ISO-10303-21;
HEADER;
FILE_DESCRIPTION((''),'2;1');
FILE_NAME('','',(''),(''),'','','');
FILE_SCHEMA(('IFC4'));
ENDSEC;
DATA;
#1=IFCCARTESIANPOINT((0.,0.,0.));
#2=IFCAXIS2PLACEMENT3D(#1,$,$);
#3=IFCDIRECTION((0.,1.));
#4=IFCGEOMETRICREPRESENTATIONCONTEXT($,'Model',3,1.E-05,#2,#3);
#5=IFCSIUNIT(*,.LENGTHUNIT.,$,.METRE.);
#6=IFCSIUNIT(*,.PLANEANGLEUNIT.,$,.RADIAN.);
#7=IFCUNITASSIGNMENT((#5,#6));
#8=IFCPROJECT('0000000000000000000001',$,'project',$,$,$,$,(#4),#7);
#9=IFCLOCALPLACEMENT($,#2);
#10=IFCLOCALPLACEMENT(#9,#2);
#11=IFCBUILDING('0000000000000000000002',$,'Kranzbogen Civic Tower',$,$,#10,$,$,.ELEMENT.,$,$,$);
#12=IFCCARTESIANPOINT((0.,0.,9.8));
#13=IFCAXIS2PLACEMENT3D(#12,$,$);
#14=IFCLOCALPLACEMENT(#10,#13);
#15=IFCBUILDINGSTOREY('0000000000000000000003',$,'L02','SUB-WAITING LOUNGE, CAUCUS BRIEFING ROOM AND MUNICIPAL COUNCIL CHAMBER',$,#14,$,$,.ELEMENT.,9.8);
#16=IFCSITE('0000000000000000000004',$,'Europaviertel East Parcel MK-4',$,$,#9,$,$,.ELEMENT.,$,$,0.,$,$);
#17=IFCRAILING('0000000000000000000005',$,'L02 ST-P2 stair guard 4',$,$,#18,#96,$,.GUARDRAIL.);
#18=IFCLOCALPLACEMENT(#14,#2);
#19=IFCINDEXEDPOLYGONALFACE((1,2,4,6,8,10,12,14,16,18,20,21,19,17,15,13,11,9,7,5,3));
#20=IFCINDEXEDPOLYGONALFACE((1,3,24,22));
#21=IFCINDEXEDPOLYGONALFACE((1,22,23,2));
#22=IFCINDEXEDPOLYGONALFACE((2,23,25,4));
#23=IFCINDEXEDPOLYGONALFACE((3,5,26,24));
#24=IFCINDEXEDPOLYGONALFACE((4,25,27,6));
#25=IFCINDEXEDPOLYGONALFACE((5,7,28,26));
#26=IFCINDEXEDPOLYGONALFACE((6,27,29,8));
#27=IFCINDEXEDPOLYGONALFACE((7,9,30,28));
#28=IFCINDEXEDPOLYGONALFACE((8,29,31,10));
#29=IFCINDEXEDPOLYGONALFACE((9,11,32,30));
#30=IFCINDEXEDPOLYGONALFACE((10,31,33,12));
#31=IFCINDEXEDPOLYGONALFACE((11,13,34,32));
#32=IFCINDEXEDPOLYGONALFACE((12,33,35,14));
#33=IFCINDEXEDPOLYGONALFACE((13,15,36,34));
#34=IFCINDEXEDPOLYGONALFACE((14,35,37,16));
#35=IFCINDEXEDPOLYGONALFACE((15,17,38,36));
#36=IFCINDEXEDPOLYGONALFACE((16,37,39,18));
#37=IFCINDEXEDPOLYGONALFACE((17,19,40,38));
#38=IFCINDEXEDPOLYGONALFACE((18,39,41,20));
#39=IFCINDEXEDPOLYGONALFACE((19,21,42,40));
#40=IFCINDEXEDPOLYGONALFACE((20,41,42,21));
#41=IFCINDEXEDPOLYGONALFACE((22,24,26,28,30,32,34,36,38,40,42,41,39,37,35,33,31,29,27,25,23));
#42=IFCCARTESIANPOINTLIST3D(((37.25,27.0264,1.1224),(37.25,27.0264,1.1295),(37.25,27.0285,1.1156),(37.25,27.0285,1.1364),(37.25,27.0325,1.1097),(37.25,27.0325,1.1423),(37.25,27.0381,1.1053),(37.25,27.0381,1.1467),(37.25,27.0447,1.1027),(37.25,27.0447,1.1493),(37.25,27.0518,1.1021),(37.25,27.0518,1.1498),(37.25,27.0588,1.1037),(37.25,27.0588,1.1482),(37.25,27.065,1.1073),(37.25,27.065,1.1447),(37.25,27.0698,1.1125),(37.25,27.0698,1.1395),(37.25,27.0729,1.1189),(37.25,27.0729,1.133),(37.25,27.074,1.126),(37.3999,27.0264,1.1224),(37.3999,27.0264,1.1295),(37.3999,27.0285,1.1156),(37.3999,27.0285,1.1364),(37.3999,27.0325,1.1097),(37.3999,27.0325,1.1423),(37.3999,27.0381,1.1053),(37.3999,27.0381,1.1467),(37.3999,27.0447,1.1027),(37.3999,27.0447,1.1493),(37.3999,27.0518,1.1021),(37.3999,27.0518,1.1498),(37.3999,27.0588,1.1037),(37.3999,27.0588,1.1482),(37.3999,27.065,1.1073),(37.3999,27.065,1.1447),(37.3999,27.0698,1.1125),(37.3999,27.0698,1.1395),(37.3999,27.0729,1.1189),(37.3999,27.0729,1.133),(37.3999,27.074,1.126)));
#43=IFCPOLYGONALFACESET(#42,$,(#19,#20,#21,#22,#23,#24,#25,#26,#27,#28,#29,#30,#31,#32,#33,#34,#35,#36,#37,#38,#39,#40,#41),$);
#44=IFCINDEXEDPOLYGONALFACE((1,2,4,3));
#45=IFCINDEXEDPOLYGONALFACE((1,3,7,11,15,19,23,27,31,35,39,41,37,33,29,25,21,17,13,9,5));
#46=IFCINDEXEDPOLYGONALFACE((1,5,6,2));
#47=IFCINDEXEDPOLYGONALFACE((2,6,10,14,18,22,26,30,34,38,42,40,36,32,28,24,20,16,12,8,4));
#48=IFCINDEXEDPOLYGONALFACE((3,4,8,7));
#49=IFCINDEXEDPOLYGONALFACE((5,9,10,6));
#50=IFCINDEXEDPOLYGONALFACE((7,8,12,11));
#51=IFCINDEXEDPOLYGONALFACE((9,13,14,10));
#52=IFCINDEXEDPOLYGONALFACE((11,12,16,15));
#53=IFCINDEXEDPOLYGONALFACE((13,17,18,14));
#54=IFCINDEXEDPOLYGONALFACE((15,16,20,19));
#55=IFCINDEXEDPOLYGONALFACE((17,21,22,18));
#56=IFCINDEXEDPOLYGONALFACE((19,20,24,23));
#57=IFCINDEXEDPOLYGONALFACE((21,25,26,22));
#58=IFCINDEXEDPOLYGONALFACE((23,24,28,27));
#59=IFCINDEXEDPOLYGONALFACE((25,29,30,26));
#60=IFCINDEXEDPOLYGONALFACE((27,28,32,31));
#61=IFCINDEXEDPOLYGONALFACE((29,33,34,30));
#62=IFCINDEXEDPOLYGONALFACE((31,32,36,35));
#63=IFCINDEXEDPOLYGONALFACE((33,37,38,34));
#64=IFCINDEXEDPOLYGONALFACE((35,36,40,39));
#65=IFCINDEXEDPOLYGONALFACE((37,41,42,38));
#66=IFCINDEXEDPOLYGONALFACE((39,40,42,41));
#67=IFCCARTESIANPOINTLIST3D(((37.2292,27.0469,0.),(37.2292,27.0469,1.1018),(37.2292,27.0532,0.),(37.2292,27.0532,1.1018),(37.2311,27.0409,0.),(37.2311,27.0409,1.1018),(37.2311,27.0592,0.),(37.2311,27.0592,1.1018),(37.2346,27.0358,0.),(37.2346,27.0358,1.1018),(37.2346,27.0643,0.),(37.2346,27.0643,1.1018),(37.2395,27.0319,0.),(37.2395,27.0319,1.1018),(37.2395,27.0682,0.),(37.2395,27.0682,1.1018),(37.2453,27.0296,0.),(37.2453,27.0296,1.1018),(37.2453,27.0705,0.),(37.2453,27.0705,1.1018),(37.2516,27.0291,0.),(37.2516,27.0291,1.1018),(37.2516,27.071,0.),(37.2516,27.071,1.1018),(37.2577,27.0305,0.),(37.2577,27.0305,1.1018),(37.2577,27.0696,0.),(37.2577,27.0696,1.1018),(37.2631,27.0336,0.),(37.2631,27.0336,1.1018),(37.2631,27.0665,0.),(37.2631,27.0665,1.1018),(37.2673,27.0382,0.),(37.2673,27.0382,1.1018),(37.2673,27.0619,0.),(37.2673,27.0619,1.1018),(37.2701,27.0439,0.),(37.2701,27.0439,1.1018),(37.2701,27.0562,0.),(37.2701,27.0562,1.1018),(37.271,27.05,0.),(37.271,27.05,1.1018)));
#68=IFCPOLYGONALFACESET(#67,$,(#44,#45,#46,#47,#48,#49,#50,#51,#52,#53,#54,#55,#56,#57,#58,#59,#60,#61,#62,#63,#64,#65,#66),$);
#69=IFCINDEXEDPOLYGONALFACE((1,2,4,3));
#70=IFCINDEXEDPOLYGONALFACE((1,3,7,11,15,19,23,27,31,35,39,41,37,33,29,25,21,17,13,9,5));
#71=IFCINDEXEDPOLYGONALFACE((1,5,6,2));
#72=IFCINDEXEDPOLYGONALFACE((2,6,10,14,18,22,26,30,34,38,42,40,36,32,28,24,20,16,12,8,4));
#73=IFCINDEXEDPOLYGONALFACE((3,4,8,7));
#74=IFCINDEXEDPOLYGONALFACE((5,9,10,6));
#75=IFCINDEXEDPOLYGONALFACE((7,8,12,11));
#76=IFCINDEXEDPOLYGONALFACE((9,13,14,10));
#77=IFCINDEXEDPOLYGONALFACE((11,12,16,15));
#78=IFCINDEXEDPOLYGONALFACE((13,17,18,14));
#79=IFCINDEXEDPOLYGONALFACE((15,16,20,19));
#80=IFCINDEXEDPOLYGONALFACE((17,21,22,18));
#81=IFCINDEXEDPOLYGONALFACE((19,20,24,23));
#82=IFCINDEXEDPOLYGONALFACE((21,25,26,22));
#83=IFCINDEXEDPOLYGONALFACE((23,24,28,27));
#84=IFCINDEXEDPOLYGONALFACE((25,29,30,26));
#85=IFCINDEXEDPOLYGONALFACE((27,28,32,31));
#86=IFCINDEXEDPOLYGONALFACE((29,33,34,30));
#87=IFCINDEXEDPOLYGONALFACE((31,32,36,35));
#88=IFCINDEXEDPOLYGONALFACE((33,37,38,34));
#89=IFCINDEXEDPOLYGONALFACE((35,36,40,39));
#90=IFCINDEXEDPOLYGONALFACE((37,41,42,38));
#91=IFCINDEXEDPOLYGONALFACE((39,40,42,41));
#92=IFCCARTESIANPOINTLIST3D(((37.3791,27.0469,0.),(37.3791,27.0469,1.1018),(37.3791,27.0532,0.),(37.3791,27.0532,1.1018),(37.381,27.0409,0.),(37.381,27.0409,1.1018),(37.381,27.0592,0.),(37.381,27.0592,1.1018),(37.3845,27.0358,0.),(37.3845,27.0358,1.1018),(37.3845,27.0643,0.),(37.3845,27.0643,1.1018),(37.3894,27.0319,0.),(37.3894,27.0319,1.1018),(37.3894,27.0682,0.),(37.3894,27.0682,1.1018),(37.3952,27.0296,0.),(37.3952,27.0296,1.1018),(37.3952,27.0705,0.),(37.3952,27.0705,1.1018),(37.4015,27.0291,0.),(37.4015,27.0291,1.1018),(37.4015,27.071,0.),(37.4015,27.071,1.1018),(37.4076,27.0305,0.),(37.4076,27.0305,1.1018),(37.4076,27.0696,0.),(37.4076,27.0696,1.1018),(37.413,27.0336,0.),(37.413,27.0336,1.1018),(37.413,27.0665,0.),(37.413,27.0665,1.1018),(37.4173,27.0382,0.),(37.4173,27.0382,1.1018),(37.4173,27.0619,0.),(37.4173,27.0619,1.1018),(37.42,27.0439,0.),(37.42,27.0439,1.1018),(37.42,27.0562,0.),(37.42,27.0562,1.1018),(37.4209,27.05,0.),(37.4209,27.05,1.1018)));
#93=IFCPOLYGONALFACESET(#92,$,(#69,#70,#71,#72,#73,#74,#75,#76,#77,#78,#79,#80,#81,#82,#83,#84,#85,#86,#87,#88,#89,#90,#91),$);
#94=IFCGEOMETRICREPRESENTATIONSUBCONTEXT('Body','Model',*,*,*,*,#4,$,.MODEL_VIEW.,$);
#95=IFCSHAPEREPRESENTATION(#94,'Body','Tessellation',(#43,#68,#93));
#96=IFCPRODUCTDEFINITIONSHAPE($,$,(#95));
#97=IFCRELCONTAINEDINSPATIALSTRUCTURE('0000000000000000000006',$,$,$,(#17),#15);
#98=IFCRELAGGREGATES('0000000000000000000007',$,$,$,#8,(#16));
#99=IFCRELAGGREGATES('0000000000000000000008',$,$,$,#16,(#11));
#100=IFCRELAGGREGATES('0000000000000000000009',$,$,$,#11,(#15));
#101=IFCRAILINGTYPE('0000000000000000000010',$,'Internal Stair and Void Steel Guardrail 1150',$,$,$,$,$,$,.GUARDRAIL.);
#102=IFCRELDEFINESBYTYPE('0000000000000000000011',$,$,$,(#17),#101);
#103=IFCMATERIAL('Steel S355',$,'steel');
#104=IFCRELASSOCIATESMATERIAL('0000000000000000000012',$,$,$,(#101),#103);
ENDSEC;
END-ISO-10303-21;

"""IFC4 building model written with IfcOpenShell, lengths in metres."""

from ifc_helpers import new_model, si_unit, direction, frame, origin, origin_2d, place, context, subcontext, project, spatial, circle, extrude, material, type_object, element, save


model = new_model("IFC4")

# Units and contexts
model_context = context("Model", 3, precision=1e-05, world=origin(), true_north=direction((0.0, 1.0)))
body_context = subcontext(model_context, "Body", "Model", "MODEL_VIEW")
ifc_project = project(units=[si_unit("LENGTHUNIT", "METRE"), si_unit("PLANEANGLEUNIT", "RADIAN")], contexts=[model_context])

# Site, building, storey
site_placement = place(None, origin())
site = spatial("IfcSite", under=ifc_project, at=site_placement, Name="Europaviertel East Parcel MK-4", CompositionType="ELEMENT", RefElevation=0.0)
building_placement = place(site_placement, origin())
building = spatial("IfcBuilding", under=site, at=building_placement, Name="Kranzbogen Civic Tower", CompositionType="ELEMENT")
storey_placement = place(building_placement, frame((0.0, 0.0, 9.8)))
storey = spatial("IfcBuildingStorey", under=building, at=storey_placement, Name="L02", Description="SUB-WAITING LOUNGE, CAUCUS BRIEFING ROOM AND MUNICIPAL COUNCIL CHAMBER", CompositionType="ELEMENT", Elevation=9.8)

# Shared definitions
ifc_material_1 = material(Name="Steel S355", Category="steel")

# Railing
railing_type_1 = type_object("IfcRailingType", Name="Internal Stair and Void Steel Guardrail 1150", PredefinedType="GUARDRAIL", material=ifc_material_1)
railing_1_placement = place(storey_placement, frame((37.25, 27.05, 0.0)))
element("IfcRailing", 1, at=railing_1_placement, inside=storey, type_object=railing_type_1, Name="L02 ST-P2 stair guard 4", PredefinedType="GUARDRAIL", context=body_context, shape_type="SweptSolid", body=[
    extrude(circle(Radius=0.0239, at=origin_2d()), frame((0.0, 0.0, 1.126), z_axis=(1.0, 0.0, 0.0), x_axis=(0.0, 1.0, 0.0)), (0.0, 0.0, 1.0), 0.1499),
    extrude(circle(Radius=0.021, at=origin_2d()), origin(), (0.0, 0.0, 1.0), 1.1018),
    extrude(circle(Radius=0.021, at=origin_2d()), frame((0.1499, 0.0, 0.0)), (0.0, 0.0, 1.0), 1.1018),
])

save(model, "model.ifc")
